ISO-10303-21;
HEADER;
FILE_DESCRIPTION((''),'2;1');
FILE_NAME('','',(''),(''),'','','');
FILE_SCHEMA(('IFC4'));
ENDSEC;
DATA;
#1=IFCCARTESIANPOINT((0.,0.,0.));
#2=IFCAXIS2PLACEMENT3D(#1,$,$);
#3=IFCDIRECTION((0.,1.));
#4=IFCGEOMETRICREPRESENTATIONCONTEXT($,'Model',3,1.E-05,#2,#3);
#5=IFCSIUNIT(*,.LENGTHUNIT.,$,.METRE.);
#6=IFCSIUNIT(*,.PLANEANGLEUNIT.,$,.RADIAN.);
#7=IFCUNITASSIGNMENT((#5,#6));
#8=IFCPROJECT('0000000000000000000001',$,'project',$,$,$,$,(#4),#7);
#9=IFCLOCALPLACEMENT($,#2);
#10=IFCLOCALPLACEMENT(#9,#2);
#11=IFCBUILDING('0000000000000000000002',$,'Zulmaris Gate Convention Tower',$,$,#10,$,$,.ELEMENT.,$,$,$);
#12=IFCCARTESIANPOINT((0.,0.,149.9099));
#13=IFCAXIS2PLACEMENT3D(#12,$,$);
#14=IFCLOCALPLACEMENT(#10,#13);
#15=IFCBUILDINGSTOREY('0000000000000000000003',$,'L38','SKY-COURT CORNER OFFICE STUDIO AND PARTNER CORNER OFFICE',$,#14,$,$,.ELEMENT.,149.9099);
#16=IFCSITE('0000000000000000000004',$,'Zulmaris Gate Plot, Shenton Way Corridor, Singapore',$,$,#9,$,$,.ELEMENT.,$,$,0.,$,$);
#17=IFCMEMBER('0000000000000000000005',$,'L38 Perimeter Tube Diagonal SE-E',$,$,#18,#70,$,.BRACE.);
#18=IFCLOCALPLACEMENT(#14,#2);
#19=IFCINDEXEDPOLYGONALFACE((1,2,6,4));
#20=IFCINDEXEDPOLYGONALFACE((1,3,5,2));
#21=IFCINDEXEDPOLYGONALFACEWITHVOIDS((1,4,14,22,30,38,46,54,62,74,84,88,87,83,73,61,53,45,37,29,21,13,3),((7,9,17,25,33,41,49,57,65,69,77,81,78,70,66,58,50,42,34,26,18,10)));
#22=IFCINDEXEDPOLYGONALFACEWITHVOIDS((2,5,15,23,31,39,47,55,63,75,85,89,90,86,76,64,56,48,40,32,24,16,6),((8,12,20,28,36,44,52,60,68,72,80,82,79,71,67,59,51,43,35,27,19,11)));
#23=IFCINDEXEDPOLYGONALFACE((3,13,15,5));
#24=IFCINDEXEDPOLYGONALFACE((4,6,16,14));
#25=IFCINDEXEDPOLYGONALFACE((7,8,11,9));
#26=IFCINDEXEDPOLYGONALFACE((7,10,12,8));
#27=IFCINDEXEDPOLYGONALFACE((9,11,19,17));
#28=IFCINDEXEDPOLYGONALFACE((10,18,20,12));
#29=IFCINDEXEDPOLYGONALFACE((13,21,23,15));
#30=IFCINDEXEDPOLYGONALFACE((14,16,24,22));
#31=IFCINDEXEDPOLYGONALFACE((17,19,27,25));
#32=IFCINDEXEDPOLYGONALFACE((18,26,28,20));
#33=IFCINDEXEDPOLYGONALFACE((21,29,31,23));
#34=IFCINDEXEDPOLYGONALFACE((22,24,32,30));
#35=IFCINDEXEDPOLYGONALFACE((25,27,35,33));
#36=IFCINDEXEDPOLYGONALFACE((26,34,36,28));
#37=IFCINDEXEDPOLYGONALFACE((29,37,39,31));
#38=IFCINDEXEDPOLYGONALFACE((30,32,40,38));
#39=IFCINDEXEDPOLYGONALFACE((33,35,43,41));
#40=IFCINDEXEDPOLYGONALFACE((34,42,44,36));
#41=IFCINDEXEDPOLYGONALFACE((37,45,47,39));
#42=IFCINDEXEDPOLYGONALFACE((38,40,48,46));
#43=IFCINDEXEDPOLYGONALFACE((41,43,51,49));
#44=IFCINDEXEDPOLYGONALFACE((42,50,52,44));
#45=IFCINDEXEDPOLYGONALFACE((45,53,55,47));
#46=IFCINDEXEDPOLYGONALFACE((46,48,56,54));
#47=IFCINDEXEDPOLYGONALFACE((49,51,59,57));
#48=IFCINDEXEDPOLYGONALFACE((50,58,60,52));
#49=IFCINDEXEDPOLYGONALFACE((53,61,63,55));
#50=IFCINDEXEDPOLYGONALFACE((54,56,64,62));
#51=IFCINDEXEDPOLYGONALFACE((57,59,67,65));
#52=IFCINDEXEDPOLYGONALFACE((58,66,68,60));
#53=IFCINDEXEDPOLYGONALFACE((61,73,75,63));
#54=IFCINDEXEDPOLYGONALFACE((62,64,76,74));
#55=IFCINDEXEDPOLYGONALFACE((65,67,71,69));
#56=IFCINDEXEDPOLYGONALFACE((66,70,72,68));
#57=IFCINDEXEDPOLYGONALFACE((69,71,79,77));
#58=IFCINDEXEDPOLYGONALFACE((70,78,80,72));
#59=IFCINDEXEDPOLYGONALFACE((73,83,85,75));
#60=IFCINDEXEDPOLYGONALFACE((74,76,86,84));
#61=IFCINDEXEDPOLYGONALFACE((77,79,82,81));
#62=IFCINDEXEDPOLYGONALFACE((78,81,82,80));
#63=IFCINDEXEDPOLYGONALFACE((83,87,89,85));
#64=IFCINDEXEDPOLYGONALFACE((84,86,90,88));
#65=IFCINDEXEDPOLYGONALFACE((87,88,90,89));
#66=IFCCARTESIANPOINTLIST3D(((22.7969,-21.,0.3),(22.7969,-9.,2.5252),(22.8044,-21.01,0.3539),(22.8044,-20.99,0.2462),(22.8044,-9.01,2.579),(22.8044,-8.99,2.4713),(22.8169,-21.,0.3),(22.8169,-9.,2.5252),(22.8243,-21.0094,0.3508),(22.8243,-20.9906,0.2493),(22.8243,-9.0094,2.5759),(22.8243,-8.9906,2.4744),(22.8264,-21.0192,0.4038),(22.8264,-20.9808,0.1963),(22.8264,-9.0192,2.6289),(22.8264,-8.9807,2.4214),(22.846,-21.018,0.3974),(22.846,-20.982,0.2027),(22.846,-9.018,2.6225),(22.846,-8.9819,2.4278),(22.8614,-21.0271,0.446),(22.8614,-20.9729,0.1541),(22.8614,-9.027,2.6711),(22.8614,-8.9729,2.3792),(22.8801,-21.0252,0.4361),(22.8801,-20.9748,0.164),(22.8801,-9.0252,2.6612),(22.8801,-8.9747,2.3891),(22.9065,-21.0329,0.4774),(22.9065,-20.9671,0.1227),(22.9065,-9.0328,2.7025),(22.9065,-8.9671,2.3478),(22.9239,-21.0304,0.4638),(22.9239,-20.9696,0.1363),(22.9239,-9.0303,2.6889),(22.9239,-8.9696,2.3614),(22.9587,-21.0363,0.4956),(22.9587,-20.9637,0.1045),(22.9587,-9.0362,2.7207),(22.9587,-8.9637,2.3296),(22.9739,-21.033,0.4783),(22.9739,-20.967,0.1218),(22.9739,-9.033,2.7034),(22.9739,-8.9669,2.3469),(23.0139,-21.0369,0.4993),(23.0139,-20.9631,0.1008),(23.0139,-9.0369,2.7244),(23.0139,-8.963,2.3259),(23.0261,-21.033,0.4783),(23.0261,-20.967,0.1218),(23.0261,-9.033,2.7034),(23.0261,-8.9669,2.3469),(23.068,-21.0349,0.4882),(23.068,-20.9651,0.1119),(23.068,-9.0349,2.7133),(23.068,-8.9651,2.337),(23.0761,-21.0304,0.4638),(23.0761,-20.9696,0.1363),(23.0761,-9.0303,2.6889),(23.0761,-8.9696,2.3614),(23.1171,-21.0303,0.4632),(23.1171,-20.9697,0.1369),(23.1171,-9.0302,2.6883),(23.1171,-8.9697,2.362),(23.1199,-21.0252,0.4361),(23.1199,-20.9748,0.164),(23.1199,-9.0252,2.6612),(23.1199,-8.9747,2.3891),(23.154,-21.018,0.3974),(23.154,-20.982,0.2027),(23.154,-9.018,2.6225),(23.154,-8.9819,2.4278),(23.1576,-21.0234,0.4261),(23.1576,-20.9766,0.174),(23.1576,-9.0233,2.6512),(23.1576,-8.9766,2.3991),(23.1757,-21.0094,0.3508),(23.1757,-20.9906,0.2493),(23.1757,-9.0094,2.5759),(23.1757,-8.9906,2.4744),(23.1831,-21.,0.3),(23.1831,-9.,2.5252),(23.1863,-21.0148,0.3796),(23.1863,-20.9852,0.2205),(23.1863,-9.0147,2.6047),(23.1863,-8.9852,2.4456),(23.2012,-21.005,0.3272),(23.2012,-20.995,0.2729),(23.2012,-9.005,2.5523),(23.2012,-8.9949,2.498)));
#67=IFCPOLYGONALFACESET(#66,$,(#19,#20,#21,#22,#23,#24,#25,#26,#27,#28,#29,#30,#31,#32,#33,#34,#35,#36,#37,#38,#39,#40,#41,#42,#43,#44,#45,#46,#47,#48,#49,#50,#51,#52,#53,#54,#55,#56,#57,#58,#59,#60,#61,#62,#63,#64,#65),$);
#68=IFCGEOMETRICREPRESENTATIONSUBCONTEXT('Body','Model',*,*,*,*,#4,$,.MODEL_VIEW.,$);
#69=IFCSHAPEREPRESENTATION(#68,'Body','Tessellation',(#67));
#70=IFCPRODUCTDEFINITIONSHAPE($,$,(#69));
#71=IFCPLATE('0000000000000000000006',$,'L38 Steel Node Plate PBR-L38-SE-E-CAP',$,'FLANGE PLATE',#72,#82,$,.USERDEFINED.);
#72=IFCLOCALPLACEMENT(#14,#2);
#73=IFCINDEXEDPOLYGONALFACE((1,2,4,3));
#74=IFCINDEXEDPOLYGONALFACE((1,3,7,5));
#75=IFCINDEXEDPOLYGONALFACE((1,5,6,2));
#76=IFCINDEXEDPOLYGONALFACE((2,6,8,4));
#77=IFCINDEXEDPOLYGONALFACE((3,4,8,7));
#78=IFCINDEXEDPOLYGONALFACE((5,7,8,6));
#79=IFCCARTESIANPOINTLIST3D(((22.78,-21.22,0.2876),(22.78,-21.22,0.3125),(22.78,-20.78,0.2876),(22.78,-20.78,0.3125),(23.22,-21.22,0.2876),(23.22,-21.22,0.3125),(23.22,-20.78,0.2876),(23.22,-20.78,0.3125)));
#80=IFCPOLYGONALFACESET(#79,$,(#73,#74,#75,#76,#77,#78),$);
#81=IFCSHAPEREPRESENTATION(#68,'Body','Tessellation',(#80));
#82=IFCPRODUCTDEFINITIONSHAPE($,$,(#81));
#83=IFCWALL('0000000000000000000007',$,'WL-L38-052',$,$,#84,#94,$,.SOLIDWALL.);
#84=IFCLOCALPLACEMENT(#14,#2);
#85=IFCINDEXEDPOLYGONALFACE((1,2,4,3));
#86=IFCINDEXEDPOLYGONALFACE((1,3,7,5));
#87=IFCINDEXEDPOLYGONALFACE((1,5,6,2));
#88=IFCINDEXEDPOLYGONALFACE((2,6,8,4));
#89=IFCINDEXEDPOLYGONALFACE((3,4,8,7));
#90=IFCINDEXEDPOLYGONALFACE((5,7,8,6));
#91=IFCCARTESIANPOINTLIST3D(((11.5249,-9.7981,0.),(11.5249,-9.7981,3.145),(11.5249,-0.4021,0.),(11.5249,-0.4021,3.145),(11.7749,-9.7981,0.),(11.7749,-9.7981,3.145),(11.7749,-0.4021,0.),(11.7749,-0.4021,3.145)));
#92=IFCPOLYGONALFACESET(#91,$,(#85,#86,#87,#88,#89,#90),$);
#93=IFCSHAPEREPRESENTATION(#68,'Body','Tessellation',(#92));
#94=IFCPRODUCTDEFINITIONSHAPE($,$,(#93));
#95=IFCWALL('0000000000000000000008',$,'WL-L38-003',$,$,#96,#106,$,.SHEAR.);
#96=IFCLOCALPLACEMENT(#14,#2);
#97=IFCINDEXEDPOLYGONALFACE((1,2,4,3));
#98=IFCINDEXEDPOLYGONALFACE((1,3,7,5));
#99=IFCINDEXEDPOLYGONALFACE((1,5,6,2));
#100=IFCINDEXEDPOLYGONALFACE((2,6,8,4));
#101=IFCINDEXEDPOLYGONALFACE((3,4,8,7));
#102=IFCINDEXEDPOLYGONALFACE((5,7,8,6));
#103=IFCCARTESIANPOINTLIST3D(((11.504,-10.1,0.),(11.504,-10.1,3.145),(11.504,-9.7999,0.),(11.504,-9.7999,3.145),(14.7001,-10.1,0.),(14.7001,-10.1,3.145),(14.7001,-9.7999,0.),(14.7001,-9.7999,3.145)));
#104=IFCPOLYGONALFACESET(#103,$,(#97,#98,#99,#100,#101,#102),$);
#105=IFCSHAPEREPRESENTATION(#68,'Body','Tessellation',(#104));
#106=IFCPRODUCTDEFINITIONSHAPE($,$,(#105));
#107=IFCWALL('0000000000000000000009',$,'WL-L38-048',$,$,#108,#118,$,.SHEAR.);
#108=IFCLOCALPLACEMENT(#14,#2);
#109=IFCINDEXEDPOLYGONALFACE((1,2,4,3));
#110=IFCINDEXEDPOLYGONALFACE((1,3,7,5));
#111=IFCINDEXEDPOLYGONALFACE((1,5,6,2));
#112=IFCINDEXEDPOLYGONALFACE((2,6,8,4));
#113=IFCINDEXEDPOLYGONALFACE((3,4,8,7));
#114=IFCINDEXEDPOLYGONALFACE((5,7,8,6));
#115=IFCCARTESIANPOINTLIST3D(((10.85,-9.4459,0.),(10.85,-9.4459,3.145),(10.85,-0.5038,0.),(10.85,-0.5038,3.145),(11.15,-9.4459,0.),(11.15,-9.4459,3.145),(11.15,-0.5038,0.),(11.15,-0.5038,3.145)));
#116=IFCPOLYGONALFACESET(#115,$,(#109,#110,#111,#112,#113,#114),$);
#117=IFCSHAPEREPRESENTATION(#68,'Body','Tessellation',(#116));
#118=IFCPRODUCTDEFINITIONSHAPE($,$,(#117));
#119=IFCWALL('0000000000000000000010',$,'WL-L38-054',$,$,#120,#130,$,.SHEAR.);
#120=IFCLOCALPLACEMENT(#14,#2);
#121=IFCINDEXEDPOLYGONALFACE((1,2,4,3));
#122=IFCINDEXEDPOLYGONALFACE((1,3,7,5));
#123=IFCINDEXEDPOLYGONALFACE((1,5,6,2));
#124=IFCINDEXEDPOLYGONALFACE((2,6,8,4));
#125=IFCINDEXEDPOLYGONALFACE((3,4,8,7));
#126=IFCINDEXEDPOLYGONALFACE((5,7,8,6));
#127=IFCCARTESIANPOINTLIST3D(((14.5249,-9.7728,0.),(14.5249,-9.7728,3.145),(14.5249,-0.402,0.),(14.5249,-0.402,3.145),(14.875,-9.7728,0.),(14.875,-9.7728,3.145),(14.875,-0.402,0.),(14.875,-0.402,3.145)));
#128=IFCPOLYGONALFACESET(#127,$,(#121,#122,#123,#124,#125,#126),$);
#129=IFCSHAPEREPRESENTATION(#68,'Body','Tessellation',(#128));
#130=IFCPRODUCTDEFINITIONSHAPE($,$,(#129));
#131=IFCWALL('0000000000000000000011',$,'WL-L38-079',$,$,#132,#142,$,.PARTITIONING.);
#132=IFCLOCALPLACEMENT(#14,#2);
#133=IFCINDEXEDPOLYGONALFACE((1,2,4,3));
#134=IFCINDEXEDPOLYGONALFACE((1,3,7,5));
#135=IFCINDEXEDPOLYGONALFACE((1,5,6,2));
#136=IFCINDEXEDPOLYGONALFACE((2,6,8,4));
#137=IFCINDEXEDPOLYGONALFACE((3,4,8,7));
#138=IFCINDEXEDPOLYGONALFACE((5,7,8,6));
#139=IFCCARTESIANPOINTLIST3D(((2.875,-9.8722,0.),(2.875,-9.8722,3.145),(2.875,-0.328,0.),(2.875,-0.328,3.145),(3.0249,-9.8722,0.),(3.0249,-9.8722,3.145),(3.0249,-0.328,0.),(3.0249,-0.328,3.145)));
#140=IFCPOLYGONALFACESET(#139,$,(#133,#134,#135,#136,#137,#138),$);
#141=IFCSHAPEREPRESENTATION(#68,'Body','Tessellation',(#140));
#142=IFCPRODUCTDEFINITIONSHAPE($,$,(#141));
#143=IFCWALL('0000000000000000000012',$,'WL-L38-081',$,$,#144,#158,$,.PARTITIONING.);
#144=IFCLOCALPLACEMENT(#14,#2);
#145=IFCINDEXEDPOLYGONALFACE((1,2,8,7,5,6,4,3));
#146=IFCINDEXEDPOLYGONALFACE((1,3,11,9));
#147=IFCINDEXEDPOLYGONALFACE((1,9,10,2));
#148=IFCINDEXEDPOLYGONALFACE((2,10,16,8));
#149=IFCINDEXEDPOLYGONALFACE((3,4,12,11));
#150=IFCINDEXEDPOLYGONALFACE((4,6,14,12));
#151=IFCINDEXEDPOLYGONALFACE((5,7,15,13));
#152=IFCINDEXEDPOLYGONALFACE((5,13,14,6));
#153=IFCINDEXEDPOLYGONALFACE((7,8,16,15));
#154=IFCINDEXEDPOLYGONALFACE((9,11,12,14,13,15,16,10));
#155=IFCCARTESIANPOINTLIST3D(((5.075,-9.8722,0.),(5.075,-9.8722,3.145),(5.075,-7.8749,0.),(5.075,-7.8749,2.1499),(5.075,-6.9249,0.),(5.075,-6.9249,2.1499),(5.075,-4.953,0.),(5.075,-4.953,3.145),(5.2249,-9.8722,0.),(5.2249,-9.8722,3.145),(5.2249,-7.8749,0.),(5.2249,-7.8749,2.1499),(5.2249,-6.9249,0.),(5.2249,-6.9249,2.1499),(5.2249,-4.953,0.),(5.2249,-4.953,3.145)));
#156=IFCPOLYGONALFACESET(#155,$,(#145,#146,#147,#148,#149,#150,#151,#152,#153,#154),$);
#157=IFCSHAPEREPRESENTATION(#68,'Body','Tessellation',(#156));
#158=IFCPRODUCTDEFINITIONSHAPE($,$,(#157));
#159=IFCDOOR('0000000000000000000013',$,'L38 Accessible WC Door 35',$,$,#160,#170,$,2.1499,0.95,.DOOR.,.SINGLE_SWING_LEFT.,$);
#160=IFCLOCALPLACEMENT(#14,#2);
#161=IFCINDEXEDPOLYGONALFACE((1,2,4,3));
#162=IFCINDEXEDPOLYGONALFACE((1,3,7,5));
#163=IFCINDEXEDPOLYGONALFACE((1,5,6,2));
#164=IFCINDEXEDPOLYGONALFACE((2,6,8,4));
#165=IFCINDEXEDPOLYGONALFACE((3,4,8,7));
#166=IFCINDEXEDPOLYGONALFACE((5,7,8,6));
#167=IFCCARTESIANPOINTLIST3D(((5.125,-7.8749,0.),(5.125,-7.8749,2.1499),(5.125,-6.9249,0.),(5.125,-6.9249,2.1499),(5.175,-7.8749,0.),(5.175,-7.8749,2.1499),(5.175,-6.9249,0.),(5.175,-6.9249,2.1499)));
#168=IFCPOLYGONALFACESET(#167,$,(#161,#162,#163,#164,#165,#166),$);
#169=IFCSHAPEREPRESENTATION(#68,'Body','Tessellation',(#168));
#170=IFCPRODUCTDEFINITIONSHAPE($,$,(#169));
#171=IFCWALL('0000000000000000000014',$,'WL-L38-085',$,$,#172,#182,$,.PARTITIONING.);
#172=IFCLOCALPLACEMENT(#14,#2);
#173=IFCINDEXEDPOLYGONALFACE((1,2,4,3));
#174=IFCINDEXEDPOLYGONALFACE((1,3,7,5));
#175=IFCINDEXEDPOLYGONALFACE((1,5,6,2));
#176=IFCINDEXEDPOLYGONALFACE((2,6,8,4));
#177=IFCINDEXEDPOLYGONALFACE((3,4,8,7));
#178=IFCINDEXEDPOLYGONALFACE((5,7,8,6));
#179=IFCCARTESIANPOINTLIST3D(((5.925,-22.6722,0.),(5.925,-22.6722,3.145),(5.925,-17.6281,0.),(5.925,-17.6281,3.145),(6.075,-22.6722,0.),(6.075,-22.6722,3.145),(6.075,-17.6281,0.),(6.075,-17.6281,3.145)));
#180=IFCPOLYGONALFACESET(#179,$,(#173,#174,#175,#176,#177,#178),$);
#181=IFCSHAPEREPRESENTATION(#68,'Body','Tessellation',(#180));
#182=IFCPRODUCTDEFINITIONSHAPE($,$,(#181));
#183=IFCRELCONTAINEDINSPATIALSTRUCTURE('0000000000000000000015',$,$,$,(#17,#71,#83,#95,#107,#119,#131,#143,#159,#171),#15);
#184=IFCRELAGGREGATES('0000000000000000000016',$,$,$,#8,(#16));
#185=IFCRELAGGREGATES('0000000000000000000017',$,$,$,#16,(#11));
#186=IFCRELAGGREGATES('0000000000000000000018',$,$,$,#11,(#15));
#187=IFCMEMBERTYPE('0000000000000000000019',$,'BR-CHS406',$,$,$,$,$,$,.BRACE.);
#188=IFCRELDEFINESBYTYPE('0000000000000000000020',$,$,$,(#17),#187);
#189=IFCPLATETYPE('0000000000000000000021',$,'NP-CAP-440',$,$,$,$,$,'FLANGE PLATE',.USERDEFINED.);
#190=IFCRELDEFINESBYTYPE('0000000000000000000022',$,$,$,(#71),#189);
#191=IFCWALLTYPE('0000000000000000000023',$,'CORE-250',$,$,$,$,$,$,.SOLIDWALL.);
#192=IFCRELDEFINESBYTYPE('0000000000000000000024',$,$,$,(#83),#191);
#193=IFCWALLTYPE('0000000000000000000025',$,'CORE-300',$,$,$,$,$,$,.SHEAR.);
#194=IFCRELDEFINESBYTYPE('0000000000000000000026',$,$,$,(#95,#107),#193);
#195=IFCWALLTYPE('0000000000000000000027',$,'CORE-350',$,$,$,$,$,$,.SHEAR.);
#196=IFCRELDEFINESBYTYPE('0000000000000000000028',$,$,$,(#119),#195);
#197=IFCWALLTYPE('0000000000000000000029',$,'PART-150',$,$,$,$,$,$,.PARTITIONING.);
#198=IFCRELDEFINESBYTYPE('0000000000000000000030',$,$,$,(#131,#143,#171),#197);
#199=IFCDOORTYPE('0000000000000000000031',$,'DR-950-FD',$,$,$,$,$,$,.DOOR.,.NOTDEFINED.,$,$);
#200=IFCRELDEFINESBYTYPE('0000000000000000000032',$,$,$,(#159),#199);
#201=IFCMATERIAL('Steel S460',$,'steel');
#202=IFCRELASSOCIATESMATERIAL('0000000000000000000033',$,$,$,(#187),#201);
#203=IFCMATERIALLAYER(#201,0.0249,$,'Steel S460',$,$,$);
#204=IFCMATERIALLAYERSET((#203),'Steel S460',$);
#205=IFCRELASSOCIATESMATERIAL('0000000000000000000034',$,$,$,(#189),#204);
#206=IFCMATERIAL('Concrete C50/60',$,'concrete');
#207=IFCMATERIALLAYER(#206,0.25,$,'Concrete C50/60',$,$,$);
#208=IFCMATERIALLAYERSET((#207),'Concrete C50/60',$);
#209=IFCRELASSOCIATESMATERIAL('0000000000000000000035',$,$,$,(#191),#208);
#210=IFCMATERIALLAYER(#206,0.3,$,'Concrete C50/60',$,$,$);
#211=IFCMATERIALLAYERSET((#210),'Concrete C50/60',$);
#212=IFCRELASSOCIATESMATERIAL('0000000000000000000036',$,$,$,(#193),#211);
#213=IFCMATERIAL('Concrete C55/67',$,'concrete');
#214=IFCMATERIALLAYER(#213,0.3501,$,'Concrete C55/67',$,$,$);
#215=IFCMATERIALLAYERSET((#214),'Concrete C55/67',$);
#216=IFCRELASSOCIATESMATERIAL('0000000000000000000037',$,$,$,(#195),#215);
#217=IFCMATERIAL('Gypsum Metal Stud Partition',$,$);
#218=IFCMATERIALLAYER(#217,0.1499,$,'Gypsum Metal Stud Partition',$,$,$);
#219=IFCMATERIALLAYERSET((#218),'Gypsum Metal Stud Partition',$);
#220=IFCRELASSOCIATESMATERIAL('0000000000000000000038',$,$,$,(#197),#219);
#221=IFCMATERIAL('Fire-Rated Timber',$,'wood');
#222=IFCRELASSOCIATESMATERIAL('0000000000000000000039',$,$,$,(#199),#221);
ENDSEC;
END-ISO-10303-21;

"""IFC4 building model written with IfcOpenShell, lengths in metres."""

from ifc_helpers import new_model, si_unit, direction, frame, frame_2d, origin, origin_2d, place, context, subcontext, project, spatial, rectangle, hollow_circle, extrude, material, layer, layer_set, material_profile, profile_set, type_object, element, fill, save


model = new_model("IFC4")

# Units and contexts
model_context = context("Model", 3, precision=1e-05, world=origin(), true_north=direction((0.0, 1.0)))
body_context = subcontext(model_context, "Body", "Model", "MODEL_VIEW")
ifc_project = project(units=[si_unit("LENGTHUNIT", "METRE"), si_unit("PLANEANGLEUNIT", "RADIAN")], contexts=[model_context])

# Site, building, storey
site_placement = place(None, origin())
site = spatial("IfcSite", under=ifc_project, at=site_placement, Name="Zulmaris Gate Plot, Shenton Way Corridor, Singapore", CompositionType="ELEMENT", RefElevation=0.0)
building_placement = place(site_placement, origin())
building = spatial("IfcBuilding", under=site, at=building_placement, Name="Zulmaris Gate Convention Tower", CompositionType="ELEMENT")
storey_placement = place(building_placement, frame((0.0, 0.0, 149.9099)))
storey = spatial("IfcBuildingStorey", under=building, at=storey_placement, Name="L38", Description="SKY-COURT CORNER OFFICE STUDIO AND PARTNER CORNER OFFICE", CompositionType="ELEMENT", Elevation=149.9099)

# Member
ifc_material_1 = material(Name="Steel S460", Category="steel")
ifc_material_profile_1 = material_profile(ifc_material_1, hollow_circle(Radius=0.2031, WallThickness=0.02, at=origin_2d()), Name="CHS 406.4x20")
ifc_profile_set_1 = profile_set([ifc_material_profile_1], Name="Steel S460")
member_type = type_object("IfcMemberType", Name="BR-CHS406", PredefinedType="BRACE", material=ifc_profile_set_1)
member_placement = place(storey_placement, frame((23.0, -21.0, 0.3), z_axis=(0.0, 0.98324, 0.182317), x_axis=(-1.0, 0.0, 0.0)))
element("IfcMember", 1, at=member_placement, inside=storey, type_object=member_type, Name="L38 Perimeter Tube Diagonal SE-E", PredefinedType="BRACE", context=body_context, shape_type="SweptSolid", body=[
    extrude(hollow_circle(Radius=0.2031, WallThickness=0.02, at=origin_2d()), origin(), (0.0, 0.0, 1.0), 12.2046),
])

# Plate
ifc_layer_1 = layer(ifc_material_1, 0.0249, Name="Steel S460")
ifc_layer_set_1 = layer_set([ifc_layer_1], Name="Steel S460")
plate_type = type_object("IfcPlateType", Name="NP-CAP-440", ElementType="FLANGE PLATE", PredefinedType="USERDEFINED", material=ifc_layer_set_1)
plate_placement = place(storey_placement, frame((23.0, -21.0, 0.2876), z_axis=(0.0, 0.0, 1.0), x_axis=(1.0, 0.0, 0.0)))
element("IfcPlate", 2, at=plate_placement, inside=storey, type_object=plate_type, Name="L38 Steel Node Plate PBR-L38-SE-E-CAP", ObjectType="FLANGE PLATE", PredefinedType="USERDEFINED", context=body_context, shape_type="SweptSolid", body=[
    extrude(rectangle(XDim=0.4399, YDim=0.4399, at=origin_2d()), origin(), (0.0, 0.0, 1.0), 0.0249),
])

# Walls
ifc_material_2 = material(Name="Concrete C50/60", Category="concrete")
ifc_layer_2 = layer(ifc_material_2, 0.25, Name="Concrete C50/60")
ifc_layer_set_2 = layer_set([ifc_layer_2], Name="Concrete C50/60")
wall_type_1 = type_object("IfcWallType", Name="CORE-250", PredefinedType="SOLIDWALL", material=ifc_layer_set_2)
wall_1_placement = place(storey_placement, frame((11.6499, -9.7981, 0.0), z_axis=(0.0, 0.0, 1.0), x_axis=(0.0, 1.0, 0.0)))
element("IfcWall", 3, at=wall_1_placement, inside=storey, type_object=wall_type_1, Name="WL-L38-052", PredefinedType="SOLIDWALL", context=body_context, shape_type="SweptSolid", body=[
    extrude(rectangle(XDim=9.396, YDim=0.25, at=frame_2d((4.698, 0.0))), origin(), (0.0, 0.0, 1.0), 3.145),
])
ifc_layer_3 = layer(ifc_material_2, 0.3, Name="Concrete C50/60")
ifc_layer_set_3 = layer_set([ifc_layer_3], Name="Concrete C50/60")
wall_type_2 = type_object("IfcWallType", Name="CORE-300", PredefinedType="SHEAR", material=ifc_layer_set_3)
wall_2_placement = place(storey_placement, frame((11.5039, -9.95, 0.0), z_axis=(0.0, 0.0, 1.0), x_axis=(1.0, 0.0, 0.0)))
element("IfcWall", 4, at=wall_2_placement, inside=storey, type_object=wall_type_2, Name="WL-L38-003", PredefinedType="SHEAR", context=body_context, shape_type="SweptSolid", body=[
    extrude(rectangle(XDim=3.196, YDim=0.3, at=frame_2d((1.5981, 0.0))), origin(), (0.0, 0.0, 1.0), 3.145),
])
wall_3_placement = place(storey_placement, frame((11.0, -9.446, 0.0), z_axis=(0.0, 0.0, 1.0), x_axis=(0.0, 1.0, 0.0)))
element("IfcWall", 5, at=wall_3_placement, inside=storey, type_object=wall_type_2, Name="WL-L38-048", PredefinedType="SHEAR", context=body_context, shape_type="SweptSolid", body=[
    extrude(rectangle(XDim=8.9421, YDim=0.3, at=frame_2d((4.4712, 0.0))), origin(), (0.0, 0.0, 1.0), 3.145),
])

# Shared definitions
ifc_material_3 = material(Name="Concrete C55/67", Category="concrete")
ifc_layer_4 = layer(ifc_material_3, 0.3501, Name="Concrete C55/67")
ifc_layer_set_4 = layer_set([ifc_layer_4], Name="Concrete C55/67")
wall_type_3 = type_object("IfcWallType", Name="CORE-350", PredefinedType="SHEAR", material=ifc_layer_set_4)

# Wall
wall_4_placement = place(storey_placement, frame((14.7, -9.7729, 0.0), z_axis=(0.0, 0.0, 1.0), x_axis=(0.0, 1.0, 0.0)))
element("IfcWall", 6, at=wall_4_placement, inside=storey, type_object=wall_type_3, Name="WL-L38-054", PredefinedType="SHEAR", context=body_context, shape_type="SweptSolid", body=[
    extrude(rectangle(XDim=9.3708, YDim=0.3501, at=frame_2d((4.6855, 0.0))), origin(), (0.0, 0.0, 1.0), 3.145),
])

# Shared definitions
ifc_material_4 = material(Name="Gypsum Metal Stud Partition")
ifc_layer_5 = layer(ifc_material_4, 0.1499, Name="Gypsum Metal Stud Partition")
ifc_layer_set_5 = layer_set([ifc_layer_5], Name="Gypsum Metal Stud Partition")
wall_type_4 = type_object("IfcWallType", Name="PART-150", PredefinedType="PARTITIONING", material=ifc_layer_set_5)
ifc_material_5 = material(Name="Fire-Rated Timber", Category="wood")

# Wall
wall_5_placement = place(storey_placement, frame((2.95, -9.8721, 0.0), z_axis=(0.0, 0.0, 1.0), x_axis=(0.0, 1.0, 0.0)))
element("IfcWall", 7, at=wall_5_placement, inside=storey, type_object=wall_type_4, Name="WL-L38-079", PredefinedType="PARTITIONING", context=body_context, shape_type="SweptSolid", body=[
    extrude(rectangle(XDim=9.5442, YDim=0.1499, at=frame_2d((4.772, 0.0))), origin(), (0.0, 0.0, 1.0), 3.145),
])

# Wall, opening, door
wall_6_placement = place(storey_placement, frame((5.1499, -9.8721, 0.0), z_axis=(0.0, 0.0, 1.0), x_axis=(0.0, 1.0, 0.0)))
wall_6 = element("IfcWall", 8, at=wall_6_placement, inside=storey, type_object=wall_type_4, Name="WL-L38-081", PredefinedType="PARTITIONING", context=body_context, shape_type="SweptSolid", body=[
    extrude(rectangle(XDim=4.9192, YDim=0.1499, at=frame_2d((2.4595, 0.0))), origin(), (0.0, 0.0, 1.0), 3.145),
])
opening_1_placement = place(wall_6_placement, frame((1.9971, 0.0, 0.0)))
opening_1 = element("IfcOpeningElement", 9, at=opening_1_placement, cuts=wall_6, PredefinedType="OPENING", context=body_context, shape_type="SweptSolid", body=[
    extrude(rectangle(XDim=0.95, YDim=2.1499, at=frame_2d((0.4751, 1.075))), frame((0.0, 0.085, 0.0), z_axis=(0.0, -1.0, 0.0), x_axis=(1.0, 0.0, 0.0)), (0.0, 0.0, 1.0), 0.1699),
])
door_type_1 = type_object("IfcDoorType", Name="DR-950-FD", OperationType="NOTDEFINED", PredefinedType="DOOR", material=ifc_material_5)
door_1_placement = place(opening_1_placement, origin())
door_1 = element("IfcDoor", 10, at=door_1_placement, inside=storey, type_object=door_type_1, Name="L38 Accessible WC Door 35", OperationType="SINGLE_SWING_LEFT", OverallHeight=2.1499, OverallWidth=0.95, PredefinedType="DOOR", context=body_context, shape_type="SweptSolid", body=[
    extrude(rectangle(XDim=0.95, YDim=2.1499, at=frame_2d((0.4751, 1.075))), frame((0.0, 0.0249, 0.0), z_axis=(0.0, -1.0, 0.0), x_axis=(1.0, 0.0, 0.0)), (0.0, 0.0, 1.0), 0.05),
])
fill(opening_1, door_1)

# Wall
wall_7_placement = place(storey_placement, frame((6.0, -22.6721, 0.0), z_axis=(0.0, 0.0, 1.0), x_axis=(0.0, 1.0, 0.0)))
element("IfcWall", 11, at=wall_7_placement, inside=storey, type_object=wall_type_4, Name="WL-L38-085", PredefinedType="PARTITIONING", context=body_context, shape_type="SweptSolid", body=[
    extrude(rectangle(XDim=5.0442, YDim=0.1499, at=frame_2d((2.522, 0.0))), origin(), (0.0, 0.0, 1.0), 3.145),
])

save(model, "model.ifc")
